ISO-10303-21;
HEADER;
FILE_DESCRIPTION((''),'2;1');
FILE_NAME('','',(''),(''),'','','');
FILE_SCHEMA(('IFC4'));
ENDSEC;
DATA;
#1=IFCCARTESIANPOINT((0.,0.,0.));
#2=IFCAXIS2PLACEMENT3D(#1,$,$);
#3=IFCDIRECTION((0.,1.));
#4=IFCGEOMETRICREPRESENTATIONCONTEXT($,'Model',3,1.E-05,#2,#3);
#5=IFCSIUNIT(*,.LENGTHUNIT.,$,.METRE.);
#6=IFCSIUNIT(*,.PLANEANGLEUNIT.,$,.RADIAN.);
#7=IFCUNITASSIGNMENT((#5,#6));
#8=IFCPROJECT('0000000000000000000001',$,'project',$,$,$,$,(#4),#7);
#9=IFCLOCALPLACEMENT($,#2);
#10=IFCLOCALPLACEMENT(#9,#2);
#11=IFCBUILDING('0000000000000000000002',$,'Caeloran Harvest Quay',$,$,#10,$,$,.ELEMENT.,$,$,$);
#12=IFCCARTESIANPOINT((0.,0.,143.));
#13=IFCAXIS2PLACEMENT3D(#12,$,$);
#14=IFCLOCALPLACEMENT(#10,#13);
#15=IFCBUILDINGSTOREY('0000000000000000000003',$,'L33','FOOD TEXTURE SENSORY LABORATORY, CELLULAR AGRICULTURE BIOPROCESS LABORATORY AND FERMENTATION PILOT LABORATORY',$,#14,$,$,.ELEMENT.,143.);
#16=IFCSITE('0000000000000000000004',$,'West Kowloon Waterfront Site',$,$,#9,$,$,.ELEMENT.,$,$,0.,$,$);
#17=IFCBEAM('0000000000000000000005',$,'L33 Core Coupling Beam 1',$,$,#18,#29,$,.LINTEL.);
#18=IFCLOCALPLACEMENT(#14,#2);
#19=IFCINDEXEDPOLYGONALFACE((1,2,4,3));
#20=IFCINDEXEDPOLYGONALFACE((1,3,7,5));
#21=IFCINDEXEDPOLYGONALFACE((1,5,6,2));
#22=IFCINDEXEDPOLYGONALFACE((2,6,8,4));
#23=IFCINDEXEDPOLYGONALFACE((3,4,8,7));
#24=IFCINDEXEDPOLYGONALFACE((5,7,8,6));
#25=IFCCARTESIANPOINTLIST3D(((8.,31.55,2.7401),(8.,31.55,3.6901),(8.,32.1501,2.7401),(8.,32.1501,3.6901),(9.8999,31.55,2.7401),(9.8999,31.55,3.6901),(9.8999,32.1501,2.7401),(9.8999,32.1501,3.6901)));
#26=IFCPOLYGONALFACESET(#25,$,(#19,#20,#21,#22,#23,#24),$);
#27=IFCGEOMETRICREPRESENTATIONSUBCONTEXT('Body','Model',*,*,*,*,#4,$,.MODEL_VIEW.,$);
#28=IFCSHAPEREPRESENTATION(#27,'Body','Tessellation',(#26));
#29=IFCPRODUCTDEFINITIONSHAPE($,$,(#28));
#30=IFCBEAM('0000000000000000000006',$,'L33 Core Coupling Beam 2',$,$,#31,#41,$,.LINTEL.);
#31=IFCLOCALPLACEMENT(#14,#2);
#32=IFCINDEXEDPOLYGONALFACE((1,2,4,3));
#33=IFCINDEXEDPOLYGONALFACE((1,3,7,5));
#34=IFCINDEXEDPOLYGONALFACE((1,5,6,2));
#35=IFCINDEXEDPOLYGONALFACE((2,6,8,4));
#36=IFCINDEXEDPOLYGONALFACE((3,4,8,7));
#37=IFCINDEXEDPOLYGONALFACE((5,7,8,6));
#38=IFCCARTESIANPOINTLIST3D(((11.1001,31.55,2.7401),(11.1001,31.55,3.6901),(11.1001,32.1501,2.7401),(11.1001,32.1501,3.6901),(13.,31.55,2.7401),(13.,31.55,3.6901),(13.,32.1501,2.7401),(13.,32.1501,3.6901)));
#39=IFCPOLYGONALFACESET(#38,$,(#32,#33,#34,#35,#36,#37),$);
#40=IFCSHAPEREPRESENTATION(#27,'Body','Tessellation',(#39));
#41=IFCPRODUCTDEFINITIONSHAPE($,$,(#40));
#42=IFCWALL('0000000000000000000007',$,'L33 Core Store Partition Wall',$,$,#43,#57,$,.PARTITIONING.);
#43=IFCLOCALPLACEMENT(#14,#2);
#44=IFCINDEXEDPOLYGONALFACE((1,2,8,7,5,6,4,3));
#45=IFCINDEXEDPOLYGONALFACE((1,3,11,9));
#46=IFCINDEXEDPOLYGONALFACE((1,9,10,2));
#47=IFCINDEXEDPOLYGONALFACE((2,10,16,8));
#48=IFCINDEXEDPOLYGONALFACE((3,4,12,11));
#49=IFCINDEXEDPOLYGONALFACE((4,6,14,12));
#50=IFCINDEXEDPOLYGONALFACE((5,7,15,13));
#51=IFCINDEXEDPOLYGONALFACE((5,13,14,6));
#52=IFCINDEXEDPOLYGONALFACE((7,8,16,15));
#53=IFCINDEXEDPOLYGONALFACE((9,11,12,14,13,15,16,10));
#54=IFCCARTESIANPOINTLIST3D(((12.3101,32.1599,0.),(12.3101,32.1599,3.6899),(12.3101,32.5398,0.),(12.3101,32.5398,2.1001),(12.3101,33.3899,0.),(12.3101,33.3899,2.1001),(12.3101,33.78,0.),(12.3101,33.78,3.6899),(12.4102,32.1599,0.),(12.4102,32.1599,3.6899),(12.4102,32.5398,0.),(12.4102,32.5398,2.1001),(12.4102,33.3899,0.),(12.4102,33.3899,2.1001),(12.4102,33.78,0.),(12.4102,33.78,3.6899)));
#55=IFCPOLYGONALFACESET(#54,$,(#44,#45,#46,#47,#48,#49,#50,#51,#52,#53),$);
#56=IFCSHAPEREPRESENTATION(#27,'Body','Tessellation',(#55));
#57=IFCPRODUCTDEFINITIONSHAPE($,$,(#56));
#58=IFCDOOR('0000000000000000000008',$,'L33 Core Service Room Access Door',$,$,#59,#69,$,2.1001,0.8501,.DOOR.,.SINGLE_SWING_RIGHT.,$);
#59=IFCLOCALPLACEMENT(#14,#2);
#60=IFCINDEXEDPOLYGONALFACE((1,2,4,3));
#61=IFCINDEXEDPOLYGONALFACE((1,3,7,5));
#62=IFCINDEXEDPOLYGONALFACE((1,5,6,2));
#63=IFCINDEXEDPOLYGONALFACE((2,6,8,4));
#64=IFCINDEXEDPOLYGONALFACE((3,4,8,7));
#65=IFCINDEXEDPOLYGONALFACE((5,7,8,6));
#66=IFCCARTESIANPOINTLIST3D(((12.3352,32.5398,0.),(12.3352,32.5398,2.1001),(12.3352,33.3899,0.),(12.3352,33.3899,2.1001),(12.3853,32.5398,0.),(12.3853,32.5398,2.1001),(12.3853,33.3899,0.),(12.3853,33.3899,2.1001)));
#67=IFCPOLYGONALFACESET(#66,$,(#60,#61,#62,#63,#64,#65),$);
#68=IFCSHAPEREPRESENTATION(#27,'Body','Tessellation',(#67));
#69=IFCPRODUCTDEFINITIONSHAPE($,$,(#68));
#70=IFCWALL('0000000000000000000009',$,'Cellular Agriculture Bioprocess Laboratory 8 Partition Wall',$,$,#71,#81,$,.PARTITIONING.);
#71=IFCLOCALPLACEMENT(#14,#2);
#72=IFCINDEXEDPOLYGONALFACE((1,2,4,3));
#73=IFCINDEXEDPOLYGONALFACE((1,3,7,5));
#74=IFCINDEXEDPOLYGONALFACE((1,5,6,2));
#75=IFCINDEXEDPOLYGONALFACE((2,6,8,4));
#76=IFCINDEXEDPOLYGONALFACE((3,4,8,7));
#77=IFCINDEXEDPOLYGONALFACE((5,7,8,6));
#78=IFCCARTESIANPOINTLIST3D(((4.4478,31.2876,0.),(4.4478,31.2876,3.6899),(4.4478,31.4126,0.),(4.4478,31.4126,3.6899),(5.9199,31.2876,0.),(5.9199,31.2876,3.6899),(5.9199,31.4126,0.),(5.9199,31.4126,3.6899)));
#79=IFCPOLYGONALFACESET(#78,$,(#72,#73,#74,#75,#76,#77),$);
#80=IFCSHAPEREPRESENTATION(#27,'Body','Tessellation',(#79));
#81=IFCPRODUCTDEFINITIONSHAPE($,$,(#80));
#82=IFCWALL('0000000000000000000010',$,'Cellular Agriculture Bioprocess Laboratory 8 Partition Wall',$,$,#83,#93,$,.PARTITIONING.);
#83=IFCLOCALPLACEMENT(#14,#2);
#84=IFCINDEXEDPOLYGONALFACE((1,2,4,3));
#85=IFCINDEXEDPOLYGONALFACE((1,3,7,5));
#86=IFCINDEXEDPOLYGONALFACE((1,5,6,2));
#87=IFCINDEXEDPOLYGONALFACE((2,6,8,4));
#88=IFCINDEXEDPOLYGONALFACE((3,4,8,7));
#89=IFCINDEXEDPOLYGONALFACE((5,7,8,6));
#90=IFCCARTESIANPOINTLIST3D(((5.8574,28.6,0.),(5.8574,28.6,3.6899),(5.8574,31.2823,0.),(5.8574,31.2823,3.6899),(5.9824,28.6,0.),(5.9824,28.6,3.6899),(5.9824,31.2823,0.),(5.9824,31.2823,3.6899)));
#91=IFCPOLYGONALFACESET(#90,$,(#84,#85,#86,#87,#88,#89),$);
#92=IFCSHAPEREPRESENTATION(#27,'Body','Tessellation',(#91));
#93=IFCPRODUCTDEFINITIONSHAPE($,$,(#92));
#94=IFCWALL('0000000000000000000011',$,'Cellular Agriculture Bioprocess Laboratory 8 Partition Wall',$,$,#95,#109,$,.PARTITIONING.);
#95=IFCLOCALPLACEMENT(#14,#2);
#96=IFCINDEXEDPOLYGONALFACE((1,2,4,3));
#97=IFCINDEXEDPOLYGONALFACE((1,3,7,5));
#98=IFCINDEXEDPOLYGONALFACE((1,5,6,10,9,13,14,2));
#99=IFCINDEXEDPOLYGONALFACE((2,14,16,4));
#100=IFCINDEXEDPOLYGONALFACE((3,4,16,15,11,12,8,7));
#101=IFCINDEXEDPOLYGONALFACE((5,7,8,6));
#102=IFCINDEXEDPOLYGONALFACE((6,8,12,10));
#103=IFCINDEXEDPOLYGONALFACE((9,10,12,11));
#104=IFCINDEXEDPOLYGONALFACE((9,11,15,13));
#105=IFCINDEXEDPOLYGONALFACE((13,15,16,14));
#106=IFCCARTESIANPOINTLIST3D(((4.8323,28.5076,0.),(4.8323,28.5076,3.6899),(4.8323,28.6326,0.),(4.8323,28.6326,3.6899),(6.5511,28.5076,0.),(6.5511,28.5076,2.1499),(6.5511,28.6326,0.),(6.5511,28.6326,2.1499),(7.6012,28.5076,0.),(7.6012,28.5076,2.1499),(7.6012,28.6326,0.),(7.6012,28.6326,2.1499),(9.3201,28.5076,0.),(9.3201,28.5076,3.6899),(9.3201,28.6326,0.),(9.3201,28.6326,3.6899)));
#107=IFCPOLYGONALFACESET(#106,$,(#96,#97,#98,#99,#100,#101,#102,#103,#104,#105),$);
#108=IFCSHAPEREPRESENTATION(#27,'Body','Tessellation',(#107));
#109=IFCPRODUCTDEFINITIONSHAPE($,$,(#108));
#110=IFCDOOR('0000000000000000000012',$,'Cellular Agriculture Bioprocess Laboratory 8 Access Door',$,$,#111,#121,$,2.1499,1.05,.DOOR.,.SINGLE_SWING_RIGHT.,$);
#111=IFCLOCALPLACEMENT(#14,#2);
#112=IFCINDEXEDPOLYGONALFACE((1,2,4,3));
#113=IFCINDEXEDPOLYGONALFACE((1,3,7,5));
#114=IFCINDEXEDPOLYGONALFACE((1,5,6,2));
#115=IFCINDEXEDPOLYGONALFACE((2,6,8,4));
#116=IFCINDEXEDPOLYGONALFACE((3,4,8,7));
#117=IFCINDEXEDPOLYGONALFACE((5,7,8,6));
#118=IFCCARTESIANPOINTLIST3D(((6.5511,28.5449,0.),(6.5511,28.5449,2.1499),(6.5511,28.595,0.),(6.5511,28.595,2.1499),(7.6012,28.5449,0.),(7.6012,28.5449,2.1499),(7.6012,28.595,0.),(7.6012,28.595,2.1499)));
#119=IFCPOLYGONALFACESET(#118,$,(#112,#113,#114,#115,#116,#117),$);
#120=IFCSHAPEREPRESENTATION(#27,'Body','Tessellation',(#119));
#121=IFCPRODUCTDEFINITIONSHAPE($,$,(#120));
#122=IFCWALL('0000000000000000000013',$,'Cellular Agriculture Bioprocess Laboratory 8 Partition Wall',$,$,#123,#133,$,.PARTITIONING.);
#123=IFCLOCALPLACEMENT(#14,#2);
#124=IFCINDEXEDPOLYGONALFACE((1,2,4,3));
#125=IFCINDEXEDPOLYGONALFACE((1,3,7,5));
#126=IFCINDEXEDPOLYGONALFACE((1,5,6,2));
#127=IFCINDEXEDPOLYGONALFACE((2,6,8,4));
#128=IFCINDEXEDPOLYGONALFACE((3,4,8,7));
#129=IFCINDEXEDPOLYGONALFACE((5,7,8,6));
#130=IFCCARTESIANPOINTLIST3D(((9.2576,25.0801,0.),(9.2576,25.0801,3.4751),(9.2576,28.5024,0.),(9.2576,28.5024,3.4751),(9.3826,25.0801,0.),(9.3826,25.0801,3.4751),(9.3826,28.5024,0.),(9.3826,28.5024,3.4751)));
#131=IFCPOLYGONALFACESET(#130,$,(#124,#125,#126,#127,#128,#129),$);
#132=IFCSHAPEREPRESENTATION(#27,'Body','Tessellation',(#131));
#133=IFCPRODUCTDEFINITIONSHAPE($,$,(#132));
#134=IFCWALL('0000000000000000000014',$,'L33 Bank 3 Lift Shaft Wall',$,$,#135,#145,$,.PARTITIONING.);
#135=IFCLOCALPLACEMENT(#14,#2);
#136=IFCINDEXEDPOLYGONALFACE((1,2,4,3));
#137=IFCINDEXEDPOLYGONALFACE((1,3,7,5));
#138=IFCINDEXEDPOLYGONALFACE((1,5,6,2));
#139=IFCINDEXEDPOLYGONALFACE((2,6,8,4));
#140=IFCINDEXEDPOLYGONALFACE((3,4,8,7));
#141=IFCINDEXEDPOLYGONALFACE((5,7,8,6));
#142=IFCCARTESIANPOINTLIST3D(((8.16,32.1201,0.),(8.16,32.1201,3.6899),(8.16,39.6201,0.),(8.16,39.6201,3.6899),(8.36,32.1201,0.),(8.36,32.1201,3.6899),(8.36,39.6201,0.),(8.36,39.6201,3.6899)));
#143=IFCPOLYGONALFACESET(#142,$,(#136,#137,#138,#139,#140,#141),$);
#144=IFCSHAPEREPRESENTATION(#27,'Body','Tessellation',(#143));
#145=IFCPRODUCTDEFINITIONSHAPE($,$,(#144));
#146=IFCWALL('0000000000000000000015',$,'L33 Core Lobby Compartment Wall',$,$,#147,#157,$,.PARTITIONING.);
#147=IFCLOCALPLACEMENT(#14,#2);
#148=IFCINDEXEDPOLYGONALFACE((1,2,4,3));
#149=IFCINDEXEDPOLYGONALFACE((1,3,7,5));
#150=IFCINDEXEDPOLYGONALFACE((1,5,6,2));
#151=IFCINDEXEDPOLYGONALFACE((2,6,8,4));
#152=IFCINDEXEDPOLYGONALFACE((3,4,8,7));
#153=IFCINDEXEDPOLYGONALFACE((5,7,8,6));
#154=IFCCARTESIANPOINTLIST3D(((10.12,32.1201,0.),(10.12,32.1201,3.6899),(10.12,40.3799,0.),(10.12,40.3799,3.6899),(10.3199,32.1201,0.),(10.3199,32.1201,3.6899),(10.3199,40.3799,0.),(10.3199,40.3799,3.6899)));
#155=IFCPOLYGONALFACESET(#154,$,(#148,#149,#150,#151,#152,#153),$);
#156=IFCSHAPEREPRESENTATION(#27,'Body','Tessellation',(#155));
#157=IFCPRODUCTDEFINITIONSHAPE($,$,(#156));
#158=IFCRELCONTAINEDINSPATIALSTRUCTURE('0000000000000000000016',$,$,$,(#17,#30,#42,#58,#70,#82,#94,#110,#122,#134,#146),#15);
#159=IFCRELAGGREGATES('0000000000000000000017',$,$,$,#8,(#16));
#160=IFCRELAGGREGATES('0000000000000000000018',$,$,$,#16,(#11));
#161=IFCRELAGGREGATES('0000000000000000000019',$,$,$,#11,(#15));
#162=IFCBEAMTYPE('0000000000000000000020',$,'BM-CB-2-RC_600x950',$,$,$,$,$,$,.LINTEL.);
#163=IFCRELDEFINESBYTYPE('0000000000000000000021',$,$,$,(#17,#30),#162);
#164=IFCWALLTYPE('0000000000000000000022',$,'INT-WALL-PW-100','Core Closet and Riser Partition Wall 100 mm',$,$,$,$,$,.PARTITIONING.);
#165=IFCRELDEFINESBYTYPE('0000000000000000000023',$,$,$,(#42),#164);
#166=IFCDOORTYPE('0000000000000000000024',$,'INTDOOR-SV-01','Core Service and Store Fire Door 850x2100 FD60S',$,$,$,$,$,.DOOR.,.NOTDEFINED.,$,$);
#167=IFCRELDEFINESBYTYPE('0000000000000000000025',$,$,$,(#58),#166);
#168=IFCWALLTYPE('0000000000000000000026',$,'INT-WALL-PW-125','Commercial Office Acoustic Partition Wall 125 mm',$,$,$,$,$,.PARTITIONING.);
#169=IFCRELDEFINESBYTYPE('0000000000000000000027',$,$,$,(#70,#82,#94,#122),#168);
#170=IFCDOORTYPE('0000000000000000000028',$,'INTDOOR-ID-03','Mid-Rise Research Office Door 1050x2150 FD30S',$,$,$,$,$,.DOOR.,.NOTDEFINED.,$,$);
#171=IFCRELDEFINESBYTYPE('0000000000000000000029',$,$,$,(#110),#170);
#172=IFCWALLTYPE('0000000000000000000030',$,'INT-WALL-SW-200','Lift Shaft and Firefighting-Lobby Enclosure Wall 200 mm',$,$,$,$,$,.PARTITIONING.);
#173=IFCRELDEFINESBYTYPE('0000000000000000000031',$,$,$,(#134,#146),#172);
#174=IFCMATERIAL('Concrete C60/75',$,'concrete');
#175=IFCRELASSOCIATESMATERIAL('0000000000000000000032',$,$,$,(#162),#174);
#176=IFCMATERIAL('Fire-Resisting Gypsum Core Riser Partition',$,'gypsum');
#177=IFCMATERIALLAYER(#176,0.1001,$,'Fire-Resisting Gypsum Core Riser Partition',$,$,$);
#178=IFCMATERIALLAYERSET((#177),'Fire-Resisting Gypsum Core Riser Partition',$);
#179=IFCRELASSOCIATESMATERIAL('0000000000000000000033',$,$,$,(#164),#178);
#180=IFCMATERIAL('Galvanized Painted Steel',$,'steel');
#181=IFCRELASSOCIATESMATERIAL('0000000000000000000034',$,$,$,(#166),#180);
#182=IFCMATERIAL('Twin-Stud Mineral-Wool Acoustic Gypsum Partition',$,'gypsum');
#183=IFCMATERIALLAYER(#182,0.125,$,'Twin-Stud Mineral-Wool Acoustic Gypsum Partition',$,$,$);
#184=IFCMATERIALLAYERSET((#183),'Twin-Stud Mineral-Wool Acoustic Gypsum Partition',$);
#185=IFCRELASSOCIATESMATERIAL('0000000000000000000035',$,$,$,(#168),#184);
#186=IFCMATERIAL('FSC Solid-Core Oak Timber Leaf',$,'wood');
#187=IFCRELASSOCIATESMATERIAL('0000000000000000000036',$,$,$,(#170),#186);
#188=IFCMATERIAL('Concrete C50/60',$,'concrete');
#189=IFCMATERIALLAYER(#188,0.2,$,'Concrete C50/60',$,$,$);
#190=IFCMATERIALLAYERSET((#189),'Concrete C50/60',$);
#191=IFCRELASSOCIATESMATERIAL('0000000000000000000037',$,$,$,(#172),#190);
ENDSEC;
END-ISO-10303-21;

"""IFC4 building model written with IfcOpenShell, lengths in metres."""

from ifc_helpers import new_model, si_unit, direction, frame, frame_2d, origin, origin_2d, place, context, subcontext, project, spatial, rectangle, extrude, material, layer, layer_set, material_profile, profile_set, type_object, element, fill, save


model = new_model("IFC4")

# Units and contexts
model_context = context("Model", 3, precision=1e-05, world=origin(), true_north=direction((0.0, 1.0)))
body_context = subcontext(model_context, "Body", "Model", "MODEL_VIEW")
ifc_project = project(units=[si_unit("LENGTHUNIT", "METRE"), si_unit("PLANEANGLEUNIT", "RADIAN")], contexts=[model_context])

# Site, building, storey
site_placement = place(None, origin())
site = spatial("IfcSite", under=ifc_project, at=site_placement, Name="West Kowloon Waterfront Site", CompositionType="ELEMENT", RefElevation=0.0)
building_placement = place(site_placement, origin())
building = spatial("IfcBuilding", under=site, at=building_placement, Name="Caeloran Harvest Quay", CompositionType="ELEMENT")
storey_placement = place(building_placement, frame((0.0, 0.0, 143.0)))
storey = spatial("IfcBuildingStorey", under=building, at=storey_placement, Name="L33", Description="FOOD TEXTURE SENSORY LABORATORY, CELLULAR AGRICULTURE BIOPROCESS LABORATORY AND FERMENTATION PILOT LABORATORY", CompositionType="ELEMENT", Elevation=143.0)

# Beams
ifc_material_1 = material(Name="Concrete C60/75", Category="concrete")
ifc_material_profile = material_profile(ifc_material_1, rectangle(XDim=0.6001, YDim=0.95, at=origin_2d()), Name="RC 600x950")
ifc_profile_set = profile_set([ifc_material_profile], Name="Concrete C60/75")
beam_type = type_object("IfcBeamType", Name="BM-CB-2-RC_600x950", PredefinedType="LINTEL", material=ifc_profile_set)
for number, where, z_axis, x_axis, name in (
    (1, (8.0, 31.8501, 3.2151), (1.0, 0.0, 0.0), (0.0, 1.0, 0.0), "L33 Core Coupling Beam 1"),
    (2, (11.1001, 31.8501, 3.2151), (1.0, 0.0, 0.0), (0.0, 1.0, 0.0), "L33 Core Coupling Beam 2"),
):
    element("IfcBeam", number, at=place(storey_placement, frame(where, z_axis=z_axis, x_axis=x_axis)), inside=storey, type_object=beam_type, Name=name, PredefinedType="LINTEL", context=body_context, shape_type="SweptSolid", body=[
        extrude(rectangle(XDim=0.6001, YDim=0.95, at=origin_2d()), origin(), (0.0, 0.0, 1.0), 1.8999),
    ])

# Wall, opening, door
ifc_material_2 = material(Name="Fire-Resisting Gypsum Core Riser Partition", Category="gypsum")
ifc_layer_1 = layer(ifc_material_2, 0.1001, Name="Fire-Resisting Gypsum Core Riser Partition")
ifc_layer_set_1 = layer_set([ifc_layer_1], Name="Fire-Resisting Gypsum Core Riser Partition")
wall_type_1 = type_object("IfcWallType", Name="INT-WALL-PW-100", Description="Core Closet and Riser Partition Wall 100 mm", PredefinedType="PARTITIONING", material=ifc_layer_set_1)
wall_1_placement = place(storey_placement, frame((12.3601, 32.1599, 0.0), z_axis=(0.0, 0.0, 1.0), x_axis=(0.0, 1.0, 0.0)))
wall_1 = element("IfcWall", 3, at=wall_1_placement, inside=storey, type_object=wall_type_1, Name="L33 Core Store Partition Wall", PredefinedType="PARTITIONING", context=body_context, shape_type="SweptSolid", body=[
    extrude(rectangle(XDim=1.6201, YDim=0.1001, at=frame_2d((0.8101, 0.0))), origin(), (0.0, 0.0, 1.0), 3.6899),
])
opening_1_placement = place(wall_1_placement, frame((0.3799, 0.0, 0.0)))
opening_1 = element("IfcOpeningElement", 4, at=opening_1_placement, cuts=wall_1, PredefinedType="OPENING", context=body_context, shape_type="SweptSolid", body=[
    extrude(rectangle(XDim=0.8501, YDim=2.1001, at=frame_2d((0.425, 1.05))), frame((0.0, 0.0601, 0.0), z_axis=(0.0, -1.0, 0.0), x_axis=(1.0, 0.0, 0.0)), (0.0, 0.0, 1.0), 0.1201),
])
ifc_material_3 = material(Name="Galvanized Painted Steel", Category="steel")
door_type_1 = type_object("IfcDoorType", Name="INTDOOR-SV-01", Description="Core Service and Store Fire Door 850x2100 FD60S", OperationType="NOTDEFINED", PredefinedType="DOOR", material=ifc_material_3)
door_1_placement = place(opening_1_placement, origin())
door_1 = element("IfcDoor", 5, at=door_1_placement, inside=storey, type_object=door_type_1, Name="L33 Core Service Room Access Door", OperationType="SINGLE_SWING_RIGHT", OverallHeight=2.1001, OverallWidth=0.8501, PredefinedType="DOOR", context=body_context, shape_type="SweptSolid", body=[
    extrude(rectangle(XDim=0.8501, YDim=2.1001, at=frame_2d((0.425, 1.05))), frame((0.0, 0.0249, 0.0), z_axis=(0.0, -1.0, 0.0), x_axis=(1.0, 0.0, 0.0)), (0.0, 0.0, 1.0), 0.05),
])
fill(opening_1, door_1)

# Walls
ifc_material_4 = material(Name="Twin-Stud Mineral-Wool Acoustic Gypsum Partition", Category="gypsum")
ifc_layer_2 = layer(ifc_material_4, 0.125, Name="Twin-Stud Mineral-Wool Acoustic Gypsum Partition")
ifc_layer_set_2 = layer_set([ifc_layer_2], Name="Twin-Stud Mineral-Wool Acoustic Gypsum Partition")
wall_type_2 = type_object("IfcWallType", Name="INT-WALL-PW-125", Description="Commercial Office Acoustic Partition Wall 125 mm", PredefinedType="PARTITIONING", material=ifc_layer_set_2)
wall_2_placement = place(storey_placement, frame((4.4478, 31.3501, 0.0), z_axis=(0.0, 0.0, 1.0), x_axis=(1.0, 0.0, 0.0)))
element("IfcWall", 6, at=wall_2_placement, inside=storey, type_object=wall_type_2, Name="Cellular Agriculture Bioprocess Laboratory 8 Partition Wall", PredefinedType="PARTITIONING", context=body_context, shape_type="SweptSolid", body=[
    extrude(rectangle(XDim=1.4722, YDim=0.125, at=frame_2d((0.7361, 0.0))), origin(), (0.0, 0.0, 1.0), 3.6899),
])
wall_3_placement = place(storey_placement, frame((5.9199, 31.2825, 0.0), z_axis=(0.0, 0.0, 1.0), x_axis=(0.0, -1.0, 0.0)))
element("IfcWall", 7, at=wall_3_placement, inside=storey, type_object=wall_type_2, Name="Cellular Agriculture Bioprocess Laboratory 8 Partition Wall", PredefinedType="PARTITIONING", context=body_context, shape_type="SweptSolid", body=[
    extrude(rectangle(XDim=2.6824, YDim=0.125, at=frame_2d((1.3413, 0.0))), origin(), (0.0, 0.0, 1.0), 3.6899),
])

# Wall, opening, door
wall_4_placement = place(storey_placement, frame((4.8323, 28.5701, 0.0), z_axis=(0.0, 0.0, 1.0), x_axis=(1.0, 0.0, 0.0)))
wall_4 = element("IfcWall", 8, at=wall_4_placement, inside=storey, type_object=wall_type_2, Name="Cellular Agriculture Bioprocess Laboratory 8 Partition Wall", PredefinedType="PARTITIONING", context=body_context, shape_type="SweptSolid", body=[
    extrude(rectangle(XDim=4.4878, YDim=0.125, at=frame_2d((2.2439, 0.0))), origin(), (0.0, 0.0, 1.0), 3.6899),
])
opening_2_placement = place(wall_4_placement, frame((1.719, 0.0, 0.0)))
opening_2 = element("IfcOpeningElement", 9, at=opening_2_placement, cuts=wall_4, PredefinedType="OPENING", context=body_context, shape_type="SweptSolid", body=[
    extrude(rectangle(XDim=1.05, YDim=2.1499, at=frame_2d((0.5249, 1.075))), frame((0.0, 0.0725, 0.0), z_axis=(0.0, -1.0, 0.0), x_axis=(1.0, 0.0, 0.0)), (0.0, 0.0, 1.0), 0.145),
])
ifc_material_5 = material(Name="FSC Solid-Core Oak Timber Leaf", Category="wood")
door_type_2 = type_object("IfcDoorType", Name="INTDOOR-ID-03", Description="Mid-Rise Research Office Door 1050x2150 FD30S", OperationType="NOTDEFINED", PredefinedType="DOOR", material=ifc_material_5)
door_2_placement = place(opening_2_placement, origin())
door_2 = element("IfcDoor", 10, at=door_2_placement, inside=storey, type_object=door_type_2, Name="Cellular Agriculture Bioprocess Laboratory 8 Access Door", OperationType="SINGLE_SWING_RIGHT", OverallHeight=2.1499, OverallWidth=1.05, PredefinedType="DOOR", context=body_context, shape_type="SweptSolid", body=[
    extrude(rectangle(XDim=1.05, YDim=2.1499, at=frame_2d((0.5249, 1.075))), frame((0.0, 0.0249, 0.0), z_axis=(0.0, -1.0, 0.0), x_axis=(1.0, 0.0, 0.0)), (0.0, 0.0, 1.0), 0.05),
])
fill(opening_2, door_2)

# Walls
wall_5_placement = place(storey_placement, frame((9.3201, 28.5024, 0.0), z_axis=(0.0, 0.0, 1.0), x_axis=(0.0, -1.0, 0.0)))
element("IfcWall", 11, at=wall_5_placement, inside=storey, type_object=wall_type_2, Name="Cellular Agriculture Bioprocess Laboratory 8 Partition Wall", PredefinedType="PARTITIONING", context=body_context, shape_type="SweptSolid", body=[
    extrude(rectangle(XDim=3.4224, YDim=0.125, at=frame_2d((1.7112, 0.0))), origin(), (0.0, 0.0, 1.0), 3.4751),
])
ifc_material_6 = material(Name="Concrete C50/60", Category="concrete")
ifc_layer_3 = layer(ifc_material_6, 0.2, Name="Concrete C50/60")
ifc_layer_set_3 = layer_set([ifc_layer_3], Name="Concrete C50/60")
wall_type_3 = type_object("IfcWallType", Name="INT-WALL-SW-200", Description="Lift Shaft and Firefighting-Lobby Enclosure Wall 200 mm", PredefinedType="PARTITIONING", material=ifc_layer_set_3)
wall_6_placement = place(storey_placement, frame((8.26, 32.1201, 0.0), z_axis=(0.0, 0.0, 1.0), x_axis=(0.0, 1.0, 0.0)))
element("IfcWall", 12, at=wall_6_placement, inside=storey, type_object=wall_type_3, Name="L33 Bank 3 Lift Shaft Wall", PredefinedType="PARTITIONING", context=body_context, shape_type="SweptSolid", body=[
    extrude(rectangle(XDim=7.5, YDim=0.2, at=frame_2d((3.75, 0.0))), origin(), (0.0, 0.0, 1.0), 3.6899),
])
wall_7_placement = place(storey_placement, frame((10.22, 32.1201, 0.0), z_axis=(0.0, 0.0, 1.0), x_axis=(0.0, 1.0, 0.0)))
element("IfcWall", 13, at=wall_7_placement, inside=storey, type_object=wall_type_3, Name="L33 Core Lobby Compartment Wall", PredefinedType="PARTITIONING", context=body_context, shape_type="SweptSolid", body=[
    extrude(rectangle(XDim=8.2598, YDim=0.2, at=frame_2d((4.1299, 0.0))), origin(), (0.0, 0.0, 1.0), 3.6899),
])

save(model, "model.ifc")
